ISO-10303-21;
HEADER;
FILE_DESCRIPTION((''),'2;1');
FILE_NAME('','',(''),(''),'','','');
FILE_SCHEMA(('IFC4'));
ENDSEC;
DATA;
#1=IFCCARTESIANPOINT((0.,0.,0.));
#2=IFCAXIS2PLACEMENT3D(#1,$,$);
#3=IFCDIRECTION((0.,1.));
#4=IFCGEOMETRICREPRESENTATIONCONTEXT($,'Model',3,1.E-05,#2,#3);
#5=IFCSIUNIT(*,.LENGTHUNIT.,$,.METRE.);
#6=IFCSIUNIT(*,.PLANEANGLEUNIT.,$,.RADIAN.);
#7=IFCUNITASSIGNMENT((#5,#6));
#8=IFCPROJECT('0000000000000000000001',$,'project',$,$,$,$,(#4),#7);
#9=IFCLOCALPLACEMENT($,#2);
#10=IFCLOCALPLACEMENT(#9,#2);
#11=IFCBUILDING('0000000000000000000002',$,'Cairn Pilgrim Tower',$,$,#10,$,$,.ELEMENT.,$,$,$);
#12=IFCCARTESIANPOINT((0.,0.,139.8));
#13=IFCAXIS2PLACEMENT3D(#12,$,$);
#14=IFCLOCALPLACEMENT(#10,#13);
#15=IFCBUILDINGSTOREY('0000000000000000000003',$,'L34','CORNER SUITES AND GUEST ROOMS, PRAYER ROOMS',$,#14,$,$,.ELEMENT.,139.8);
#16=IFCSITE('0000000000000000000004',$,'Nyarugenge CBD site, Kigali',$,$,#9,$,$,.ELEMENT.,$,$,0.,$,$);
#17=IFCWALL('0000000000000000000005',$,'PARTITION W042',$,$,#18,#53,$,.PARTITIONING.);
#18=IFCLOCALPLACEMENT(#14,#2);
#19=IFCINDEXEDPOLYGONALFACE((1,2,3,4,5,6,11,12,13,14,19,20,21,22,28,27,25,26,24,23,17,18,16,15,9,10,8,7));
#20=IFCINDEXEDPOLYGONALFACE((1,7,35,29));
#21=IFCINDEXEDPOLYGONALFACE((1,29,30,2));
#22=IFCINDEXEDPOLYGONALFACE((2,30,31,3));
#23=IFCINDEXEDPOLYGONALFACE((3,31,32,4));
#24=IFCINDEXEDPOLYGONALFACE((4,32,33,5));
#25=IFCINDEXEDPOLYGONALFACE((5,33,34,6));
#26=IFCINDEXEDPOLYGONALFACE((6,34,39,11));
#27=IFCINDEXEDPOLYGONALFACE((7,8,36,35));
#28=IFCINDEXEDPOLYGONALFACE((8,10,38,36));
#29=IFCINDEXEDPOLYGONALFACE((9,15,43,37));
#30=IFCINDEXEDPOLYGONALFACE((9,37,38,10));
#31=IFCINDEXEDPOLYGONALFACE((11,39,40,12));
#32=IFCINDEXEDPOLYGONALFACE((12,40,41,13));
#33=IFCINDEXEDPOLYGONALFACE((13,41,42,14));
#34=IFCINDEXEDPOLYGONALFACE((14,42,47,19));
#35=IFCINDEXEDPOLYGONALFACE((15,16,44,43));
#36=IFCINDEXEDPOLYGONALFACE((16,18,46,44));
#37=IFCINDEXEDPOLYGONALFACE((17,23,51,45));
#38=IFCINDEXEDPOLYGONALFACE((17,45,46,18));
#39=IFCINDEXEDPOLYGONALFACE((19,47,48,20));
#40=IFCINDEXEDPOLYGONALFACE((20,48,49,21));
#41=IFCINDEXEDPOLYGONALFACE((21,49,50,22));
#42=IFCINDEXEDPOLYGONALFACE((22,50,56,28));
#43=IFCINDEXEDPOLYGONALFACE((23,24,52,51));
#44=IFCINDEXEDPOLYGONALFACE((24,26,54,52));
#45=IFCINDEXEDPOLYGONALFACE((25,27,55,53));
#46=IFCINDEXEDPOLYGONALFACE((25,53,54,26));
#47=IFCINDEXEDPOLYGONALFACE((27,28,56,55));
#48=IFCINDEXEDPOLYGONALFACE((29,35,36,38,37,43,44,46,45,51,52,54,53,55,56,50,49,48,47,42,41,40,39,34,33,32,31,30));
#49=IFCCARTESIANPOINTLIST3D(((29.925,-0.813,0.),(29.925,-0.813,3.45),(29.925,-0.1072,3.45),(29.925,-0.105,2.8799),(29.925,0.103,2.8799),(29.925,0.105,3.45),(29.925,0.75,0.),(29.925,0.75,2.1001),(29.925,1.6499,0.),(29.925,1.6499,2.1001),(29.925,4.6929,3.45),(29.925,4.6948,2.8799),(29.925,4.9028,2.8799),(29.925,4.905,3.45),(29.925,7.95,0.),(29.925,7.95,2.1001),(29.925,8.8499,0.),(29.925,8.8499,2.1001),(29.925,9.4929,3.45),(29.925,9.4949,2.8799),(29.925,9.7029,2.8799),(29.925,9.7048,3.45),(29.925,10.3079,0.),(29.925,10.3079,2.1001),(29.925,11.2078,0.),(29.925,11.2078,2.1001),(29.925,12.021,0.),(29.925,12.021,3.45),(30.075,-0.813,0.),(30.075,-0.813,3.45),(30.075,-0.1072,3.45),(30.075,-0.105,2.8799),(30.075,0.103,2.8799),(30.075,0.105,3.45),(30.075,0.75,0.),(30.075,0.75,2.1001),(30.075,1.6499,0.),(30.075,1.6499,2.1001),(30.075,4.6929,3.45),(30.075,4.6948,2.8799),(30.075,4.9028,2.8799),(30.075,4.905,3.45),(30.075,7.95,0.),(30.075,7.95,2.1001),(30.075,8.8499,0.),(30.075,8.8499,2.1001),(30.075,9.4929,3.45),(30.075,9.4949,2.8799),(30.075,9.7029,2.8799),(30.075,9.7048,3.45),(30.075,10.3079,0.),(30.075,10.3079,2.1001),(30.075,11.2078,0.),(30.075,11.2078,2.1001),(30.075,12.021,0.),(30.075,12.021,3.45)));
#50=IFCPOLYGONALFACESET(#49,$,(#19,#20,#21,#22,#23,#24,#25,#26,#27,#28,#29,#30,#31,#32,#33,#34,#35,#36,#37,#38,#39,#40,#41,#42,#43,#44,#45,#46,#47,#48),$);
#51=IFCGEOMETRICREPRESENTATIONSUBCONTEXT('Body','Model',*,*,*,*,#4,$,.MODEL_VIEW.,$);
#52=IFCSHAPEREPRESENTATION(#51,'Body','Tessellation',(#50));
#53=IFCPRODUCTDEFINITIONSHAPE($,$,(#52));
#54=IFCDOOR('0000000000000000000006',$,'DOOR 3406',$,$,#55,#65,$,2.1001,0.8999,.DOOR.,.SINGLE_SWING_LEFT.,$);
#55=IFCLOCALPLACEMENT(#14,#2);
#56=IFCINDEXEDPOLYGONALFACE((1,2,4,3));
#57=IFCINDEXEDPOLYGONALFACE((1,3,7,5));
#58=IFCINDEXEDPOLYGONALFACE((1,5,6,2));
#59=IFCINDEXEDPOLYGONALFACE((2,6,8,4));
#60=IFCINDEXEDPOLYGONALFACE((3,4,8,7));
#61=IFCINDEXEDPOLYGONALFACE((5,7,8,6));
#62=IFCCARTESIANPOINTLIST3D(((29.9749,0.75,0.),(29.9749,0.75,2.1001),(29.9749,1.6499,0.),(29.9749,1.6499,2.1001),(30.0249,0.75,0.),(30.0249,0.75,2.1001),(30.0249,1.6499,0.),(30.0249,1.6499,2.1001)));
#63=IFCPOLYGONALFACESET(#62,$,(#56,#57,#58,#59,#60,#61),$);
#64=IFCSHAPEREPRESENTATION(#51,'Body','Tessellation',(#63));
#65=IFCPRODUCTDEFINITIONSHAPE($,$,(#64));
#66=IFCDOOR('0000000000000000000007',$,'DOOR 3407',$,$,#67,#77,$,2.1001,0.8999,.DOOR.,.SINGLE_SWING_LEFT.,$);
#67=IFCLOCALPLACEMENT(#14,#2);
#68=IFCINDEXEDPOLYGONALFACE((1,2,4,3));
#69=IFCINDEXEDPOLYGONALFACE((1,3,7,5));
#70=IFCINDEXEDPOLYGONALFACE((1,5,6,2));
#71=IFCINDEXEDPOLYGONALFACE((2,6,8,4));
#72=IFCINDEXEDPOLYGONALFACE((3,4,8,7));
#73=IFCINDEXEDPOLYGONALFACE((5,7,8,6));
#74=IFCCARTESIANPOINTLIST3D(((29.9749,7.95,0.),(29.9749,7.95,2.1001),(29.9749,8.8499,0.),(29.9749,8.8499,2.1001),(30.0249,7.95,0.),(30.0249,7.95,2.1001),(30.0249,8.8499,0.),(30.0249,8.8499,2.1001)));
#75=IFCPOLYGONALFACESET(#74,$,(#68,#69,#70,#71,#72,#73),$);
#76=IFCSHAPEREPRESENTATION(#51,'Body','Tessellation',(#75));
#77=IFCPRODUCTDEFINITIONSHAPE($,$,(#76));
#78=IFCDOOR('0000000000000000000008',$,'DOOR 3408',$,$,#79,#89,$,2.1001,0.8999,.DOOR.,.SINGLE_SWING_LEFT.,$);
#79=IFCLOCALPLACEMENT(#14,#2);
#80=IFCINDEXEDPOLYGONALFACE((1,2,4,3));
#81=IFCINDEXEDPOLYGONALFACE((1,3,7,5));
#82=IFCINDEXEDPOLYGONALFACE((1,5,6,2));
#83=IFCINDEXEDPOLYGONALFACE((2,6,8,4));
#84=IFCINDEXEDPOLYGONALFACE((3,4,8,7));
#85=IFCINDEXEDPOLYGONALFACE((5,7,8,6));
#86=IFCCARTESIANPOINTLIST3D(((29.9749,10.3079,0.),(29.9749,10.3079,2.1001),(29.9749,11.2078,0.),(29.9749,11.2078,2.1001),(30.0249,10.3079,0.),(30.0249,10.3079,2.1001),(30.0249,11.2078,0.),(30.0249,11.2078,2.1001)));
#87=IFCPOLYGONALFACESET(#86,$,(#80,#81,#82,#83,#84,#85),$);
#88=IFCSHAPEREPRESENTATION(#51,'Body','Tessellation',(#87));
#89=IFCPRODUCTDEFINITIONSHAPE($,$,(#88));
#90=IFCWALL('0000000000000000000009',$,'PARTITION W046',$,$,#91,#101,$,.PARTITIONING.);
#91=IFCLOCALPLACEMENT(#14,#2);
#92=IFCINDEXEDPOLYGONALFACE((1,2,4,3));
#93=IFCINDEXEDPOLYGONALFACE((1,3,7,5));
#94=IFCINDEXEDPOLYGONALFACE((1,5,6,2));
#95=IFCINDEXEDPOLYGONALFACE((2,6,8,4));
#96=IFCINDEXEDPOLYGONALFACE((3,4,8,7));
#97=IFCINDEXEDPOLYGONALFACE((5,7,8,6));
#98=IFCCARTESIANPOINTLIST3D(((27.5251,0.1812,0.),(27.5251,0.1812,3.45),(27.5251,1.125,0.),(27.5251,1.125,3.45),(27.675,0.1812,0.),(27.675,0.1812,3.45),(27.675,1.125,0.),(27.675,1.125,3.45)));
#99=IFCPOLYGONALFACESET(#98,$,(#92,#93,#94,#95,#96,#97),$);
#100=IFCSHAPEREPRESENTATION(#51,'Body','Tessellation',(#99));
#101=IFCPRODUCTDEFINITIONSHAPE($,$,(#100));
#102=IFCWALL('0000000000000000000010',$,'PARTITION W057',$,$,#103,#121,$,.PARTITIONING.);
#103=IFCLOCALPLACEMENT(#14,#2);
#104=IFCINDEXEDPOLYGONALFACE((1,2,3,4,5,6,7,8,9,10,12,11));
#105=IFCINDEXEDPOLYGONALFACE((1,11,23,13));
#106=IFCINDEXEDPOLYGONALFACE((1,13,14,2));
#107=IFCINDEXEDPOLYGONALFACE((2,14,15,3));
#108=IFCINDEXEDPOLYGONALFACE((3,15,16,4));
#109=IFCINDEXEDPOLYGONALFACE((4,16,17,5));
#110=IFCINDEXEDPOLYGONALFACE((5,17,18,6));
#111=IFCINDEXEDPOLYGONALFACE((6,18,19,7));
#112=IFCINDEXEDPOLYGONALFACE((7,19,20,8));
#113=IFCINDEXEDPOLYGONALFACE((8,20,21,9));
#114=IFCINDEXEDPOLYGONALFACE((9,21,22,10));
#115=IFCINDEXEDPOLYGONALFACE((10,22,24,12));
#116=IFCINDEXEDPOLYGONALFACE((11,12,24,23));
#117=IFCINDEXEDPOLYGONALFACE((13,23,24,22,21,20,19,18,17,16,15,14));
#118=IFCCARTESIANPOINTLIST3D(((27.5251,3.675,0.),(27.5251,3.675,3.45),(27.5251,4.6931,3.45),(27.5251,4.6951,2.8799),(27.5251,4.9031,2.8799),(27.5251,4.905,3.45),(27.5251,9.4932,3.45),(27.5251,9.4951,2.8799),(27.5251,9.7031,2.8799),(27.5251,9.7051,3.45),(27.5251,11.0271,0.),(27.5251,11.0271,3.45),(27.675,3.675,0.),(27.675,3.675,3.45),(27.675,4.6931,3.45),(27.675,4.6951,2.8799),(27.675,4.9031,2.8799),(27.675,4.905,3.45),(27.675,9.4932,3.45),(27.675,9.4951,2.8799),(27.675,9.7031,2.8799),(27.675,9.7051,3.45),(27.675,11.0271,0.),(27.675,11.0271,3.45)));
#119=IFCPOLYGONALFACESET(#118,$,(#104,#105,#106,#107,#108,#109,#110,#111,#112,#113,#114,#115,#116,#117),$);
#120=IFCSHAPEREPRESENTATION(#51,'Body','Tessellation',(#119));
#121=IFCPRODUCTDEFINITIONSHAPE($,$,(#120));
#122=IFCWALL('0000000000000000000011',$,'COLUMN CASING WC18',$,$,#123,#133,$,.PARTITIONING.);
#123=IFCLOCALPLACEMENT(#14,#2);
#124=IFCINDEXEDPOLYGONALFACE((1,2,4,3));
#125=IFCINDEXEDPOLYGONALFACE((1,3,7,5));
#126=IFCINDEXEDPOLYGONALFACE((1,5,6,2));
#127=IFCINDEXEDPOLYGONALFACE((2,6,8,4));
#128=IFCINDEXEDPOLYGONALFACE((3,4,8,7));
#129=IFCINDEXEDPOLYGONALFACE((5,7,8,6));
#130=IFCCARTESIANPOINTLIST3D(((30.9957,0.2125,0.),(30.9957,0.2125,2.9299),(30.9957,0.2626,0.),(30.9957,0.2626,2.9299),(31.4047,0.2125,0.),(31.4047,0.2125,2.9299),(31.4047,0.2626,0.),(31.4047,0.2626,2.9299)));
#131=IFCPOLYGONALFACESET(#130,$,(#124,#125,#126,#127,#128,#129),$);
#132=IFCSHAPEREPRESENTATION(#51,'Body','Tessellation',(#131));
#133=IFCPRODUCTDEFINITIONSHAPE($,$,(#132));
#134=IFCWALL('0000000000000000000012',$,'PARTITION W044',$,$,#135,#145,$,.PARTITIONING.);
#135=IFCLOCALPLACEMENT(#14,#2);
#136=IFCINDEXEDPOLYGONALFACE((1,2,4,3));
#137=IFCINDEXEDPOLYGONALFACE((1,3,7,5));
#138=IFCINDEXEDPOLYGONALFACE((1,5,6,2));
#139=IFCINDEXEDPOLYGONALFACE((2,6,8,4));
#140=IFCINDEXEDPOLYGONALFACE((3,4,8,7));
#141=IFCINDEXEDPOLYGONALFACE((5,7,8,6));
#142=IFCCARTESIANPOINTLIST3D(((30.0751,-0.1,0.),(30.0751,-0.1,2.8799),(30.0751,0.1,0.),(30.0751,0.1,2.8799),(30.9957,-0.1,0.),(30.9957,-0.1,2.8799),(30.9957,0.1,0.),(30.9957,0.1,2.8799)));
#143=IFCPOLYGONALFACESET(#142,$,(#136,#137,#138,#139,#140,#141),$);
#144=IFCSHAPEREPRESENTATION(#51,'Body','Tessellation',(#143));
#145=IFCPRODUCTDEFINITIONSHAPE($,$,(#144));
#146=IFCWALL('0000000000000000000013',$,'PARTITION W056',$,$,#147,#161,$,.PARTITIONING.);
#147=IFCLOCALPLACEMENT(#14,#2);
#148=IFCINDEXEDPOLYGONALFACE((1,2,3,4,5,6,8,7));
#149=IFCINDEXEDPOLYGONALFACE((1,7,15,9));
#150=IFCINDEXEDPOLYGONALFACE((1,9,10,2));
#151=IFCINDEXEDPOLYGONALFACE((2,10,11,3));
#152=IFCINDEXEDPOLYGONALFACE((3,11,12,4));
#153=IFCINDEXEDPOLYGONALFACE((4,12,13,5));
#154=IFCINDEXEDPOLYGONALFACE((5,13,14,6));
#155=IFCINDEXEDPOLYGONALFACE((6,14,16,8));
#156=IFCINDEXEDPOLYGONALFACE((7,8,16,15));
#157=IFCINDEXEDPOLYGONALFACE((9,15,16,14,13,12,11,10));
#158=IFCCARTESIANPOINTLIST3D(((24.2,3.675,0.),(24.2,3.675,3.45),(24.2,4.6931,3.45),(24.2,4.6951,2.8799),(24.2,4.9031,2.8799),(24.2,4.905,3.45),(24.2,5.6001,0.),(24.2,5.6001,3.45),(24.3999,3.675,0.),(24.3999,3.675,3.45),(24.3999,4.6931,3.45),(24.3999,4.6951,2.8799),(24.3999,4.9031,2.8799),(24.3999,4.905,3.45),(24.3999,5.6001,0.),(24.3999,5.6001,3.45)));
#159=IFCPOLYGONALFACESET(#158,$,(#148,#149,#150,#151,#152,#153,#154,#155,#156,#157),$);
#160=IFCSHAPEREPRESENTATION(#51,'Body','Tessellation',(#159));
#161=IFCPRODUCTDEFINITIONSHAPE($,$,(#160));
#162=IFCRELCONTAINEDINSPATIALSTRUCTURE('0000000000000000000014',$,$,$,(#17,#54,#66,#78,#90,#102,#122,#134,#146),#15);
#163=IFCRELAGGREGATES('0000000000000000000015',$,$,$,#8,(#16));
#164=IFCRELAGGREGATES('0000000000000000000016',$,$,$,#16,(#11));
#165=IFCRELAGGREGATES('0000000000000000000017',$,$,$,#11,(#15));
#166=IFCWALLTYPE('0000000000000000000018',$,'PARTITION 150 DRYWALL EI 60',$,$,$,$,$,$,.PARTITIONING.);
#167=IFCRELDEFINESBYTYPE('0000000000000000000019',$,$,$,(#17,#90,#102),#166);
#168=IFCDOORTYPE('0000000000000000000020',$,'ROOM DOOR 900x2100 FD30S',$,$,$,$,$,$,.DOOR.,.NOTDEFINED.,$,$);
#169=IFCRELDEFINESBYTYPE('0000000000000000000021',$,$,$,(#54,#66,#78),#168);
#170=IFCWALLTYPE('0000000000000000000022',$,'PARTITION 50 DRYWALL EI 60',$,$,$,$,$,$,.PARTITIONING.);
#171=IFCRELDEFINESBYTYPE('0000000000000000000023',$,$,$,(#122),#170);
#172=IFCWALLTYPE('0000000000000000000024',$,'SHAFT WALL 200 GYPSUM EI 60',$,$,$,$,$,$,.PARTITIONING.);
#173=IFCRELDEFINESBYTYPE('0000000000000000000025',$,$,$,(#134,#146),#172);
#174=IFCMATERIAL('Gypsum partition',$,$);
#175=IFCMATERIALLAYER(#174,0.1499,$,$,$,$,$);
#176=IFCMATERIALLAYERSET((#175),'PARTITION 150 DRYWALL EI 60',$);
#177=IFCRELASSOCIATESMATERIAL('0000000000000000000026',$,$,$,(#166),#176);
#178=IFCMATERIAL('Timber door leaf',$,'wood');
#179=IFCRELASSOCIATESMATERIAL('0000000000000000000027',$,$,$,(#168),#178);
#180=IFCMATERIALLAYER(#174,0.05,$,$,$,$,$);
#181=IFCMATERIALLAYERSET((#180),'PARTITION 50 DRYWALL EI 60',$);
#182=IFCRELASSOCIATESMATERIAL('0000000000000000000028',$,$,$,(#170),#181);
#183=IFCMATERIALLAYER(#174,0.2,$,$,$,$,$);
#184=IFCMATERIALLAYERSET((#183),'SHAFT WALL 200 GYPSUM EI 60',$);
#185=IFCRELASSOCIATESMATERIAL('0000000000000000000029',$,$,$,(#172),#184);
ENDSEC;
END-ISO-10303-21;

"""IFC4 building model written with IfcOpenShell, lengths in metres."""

from ifc_helpers import new_model, si_unit, direction, frame, frame_2d, origin, place, context, subcontext, project, spatial, polyline, rectangle, outline, extrude, material, layer, layer_set, type_object, element, fill, save


model = new_model("IFC4")

# Units and contexts
model_context = context("Model", 3, precision=1e-05, world=origin(), true_north=direction((0.0, 1.0)))
body_context = subcontext(model_context, "Body", "Model", "MODEL_VIEW")
ifc_project = project(units=[si_unit("LENGTHUNIT", "METRE"), si_unit("PLANEANGLEUNIT", "RADIAN")], contexts=[model_context])

# Site, building, storey
site_placement = place(None, origin())
site = spatial("IfcSite", under=ifc_project, at=site_placement, Name="Nyarugenge CBD site, Kigali", CompositionType="ELEMENT", RefElevation=0.0)
building_placement = place(site_placement, origin())
building = spatial("IfcBuilding", under=site, at=building_placement, Name="Cairn Pilgrim Tower", CompositionType="ELEMENT")
storey_placement = place(building_placement, frame((0.0, 0.0, 139.8)))
storey = spatial("IfcBuildingStorey", under=building, at=storey_placement, Name="L34", Description="CORNER SUITES AND GUEST ROOMS, PRAYER ROOMS", CompositionType="ELEMENT", Elevation=139.8)

# Shared definitions
ifc_material_1 = material(Name="Gypsum partition")

# Shared definitions
ifc_layer_1 = layer(ifc_material_1, 0.1499)
ifc_layer_set_1 = layer_set([ifc_layer_1], Name="PARTITION 150 DRYWALL EI 60")
wall_type_1 = type_object("IfcWallType", Name="PARTITION 150 DRYWALL EI 60", PredefinedType="PARTITIONING", material=ifc_layer_set_1)
ifc_material_2 = material(Name="Timber door leaf", Category="wood")
door_type_1 = type_object("IfcDoorType", Name="ROOM DOOR 900x2100 FD30S", OperationType="NOTDEFINED", PredefinedType="DOOR", material=ifc_material_2)

# Wall, openings, doors
wall_1_placement = place(storey_placement, frame((30.0, -0.813, 0.0), z_axis=(0.0, 0.0, 1.0), x_axis=(0.0, 1.0, 0.0)))
wall_1 = element("IfcWall", 1, at=wall_1_placement, inside=storey, type_object=wall_type_1, Name="PARTITION W042", PredefinedType="PARTITIONING", context=body_context, shape_type="SweptSolid", body=[
    extrude(outline(polyline([(0.0, 0.0), (12.834, 0.0), (12.834, 3.45), (10.5178, 3.45), (10.5159, 2.8799), (10.3079, 2.8799), (10.3059, 3.45), (5.718, 3.45), (5.7158, 2.8799), (5.5078, 2.8799), (5.5059, 3.45), (0.918, 3.45), (0.916, 2.8799), (0.708, 2.8799), (0.7058, 3.45), (0.0, 3.45), (0.0, 0.0)])), frame((0.0, 0.075, 0.0), z_axis=(0.0, -1.0, 0.0), x_axis=(1.0, 0.0, 0.0)), (0.0, 0.0, 1.0), 0.1499),
])
opening_1_placement = place(wall_1_placement, frame((1.563, 0.0, 0.0)))
opening_1 = element("IfcOpeningElement", 2, at=opening_1_placement, cuts=wall_1, PredefinedType="OPENING", context=body_context, shape_type="SweptSolid", body=[
    extrude(rectangle(XDim=0.8999, YDim=2.1001, at=frame_2d((0.45, 1.05))), frame((0.0, 0.085, 0.0), z_axis=(0.0, -1.0, 0.0), x_axis=(1.0, 0.0, 0.0)), (0.0, 0.0, 1.0), 0.1699),
])
opening_2_placement = place(wall_1_placement, frame((8.7629, 0.0, 0.0)))
opening_2 = element("IfcOpeningElement", 3, at=opening_2_placement, cuts=wall_1, PredefinedType="OPENING", context=body_context, shape_type="SweptSolid", body=[
    extrude(rectangle(XDim=0.8999, YDim=2.1001, at=frame_2d((0.45, 1.05))), frame((0.0, 0.085, 0.0), z_axis=(0.0, -1.0, 0.0), x_axis=(1.0, 0.0, 0.0)), (0.0, 0.0, 1.0), 0.1699),
])
opening_3_placement = place(wall_1_placement, frame((11.1208, 0.0, 0.0)))
opening_3 = element("IfcOpeningElement", 4, at=opening_3_placement, cuts=wall_1, PredefinedType="OPENING", context=body_context, shape_type="SweptSolid", body=[
    extrude(rectangle(XDim=0.8999, YDim=2.1001, at=frame_2d((0.45, 1.05))), frame((0.0, 0.085, 0.0), z_axis=(0.0, -1.0, 0.0), x_axis=(1.0, 0.0, 0.0)), (0.0, 0.0, 1.0), 0.1699),
])
door_1_placement = place(opening_1_placement, frame((0.8999, 0.0, 0.0), z_axis=(0.0, 0.0, 1.0), x_axis=(-1.0, 0.0, 0.0)))
door_1 = element("IfcDoor", 5, at=door_1_placement, inside=storey, type_object=door_type_1, Name="DOOR 3406", OperationType="SINGLE_SWING_LEFT", OverallHeight=2.1001, OverallWidth=0.8999, PredefinedType="DOOR", context=body_context, shape_type="SweptSolid", body=[
    extrude(rectangle(XDim=0.8999, YDim=2.1001, at=frame_2d((0.45, 1.05))), frame((0.0, 0.0249, 0.0), z_axis=(0.0, -1.0, 0.0), x_axis=(1.0, 0.0, 0.0)), (0.0, 0.0, 1.0), 0.05),
])
fill(opening_1, door_1)
door_2_placement = place(opening_2_placement, frame((0.8999, 0.0, 0.0), z_axis=(0.0, 0.0, 1.0), x_axis=(-1.0, 0.0, 0.0)))
door_2 = element("IfcDoor", 6, at=door_2_placement, inside=storey, type_object=door_type_1, Name="DOOR 3407", OperationType="SINGLE_SWING_LEFT", OverallHeight=2.1001, OverallWidth=0.8999, PredefinedType="DOOR", context=body_context, shape_type="SweptSolid", body=[
    extrude(rectangle(XDim=0.8999, YDim=2.1001, at=frame_2d((0.45, 1.05))), frame((0.0, 0.0249, 0.0), z_axis=(0.0, -1.0, 0.0), x_axis=(1.0, 0.0, 0.0)), (0.0, 0.0, 1.0), 0.05),
])
fill(opening_2, door_2)
door_3_placement = place(opening_3_placement, frame((0.8999, 0.0, 0.0), z_axis=(0.0, 0.0, 1.0), x_axis=(-1.0, 0.0, 0.0)))
door_3 = element("IfcDoor", 7, at=door_3_placement, inside=storey, type_object=door_type_1, Name="DOOR 3408", OperationType="SINGLE_SWING_LEFT", OverallHeight=2.1001, OverallWidth=0.8999, PredefinedType="DOOR", context=body_context, shape_type="SweptSolid", body=[
    extrude(rectangle(XDim=0.8999, YDim=2.1001, at=frame_2d((0.45, 1.05))), frame((0.0, 0.0249, 0.0), z_axis=(0.0, -1.0, 0.0), x_axis=(1.0, 0.0, 0.0)), (0.0, 0.0, 1.0), 0.05),
])
fill(opening_3, door_3)

# Walls
wall_2_placement = place(storey_placement, frame((27.6001, 0.1812, 0.0), z_axis=(0.0, 0.0, 1.0), x_axis=(0.0, 1.0, 0.0)))
element("IfcWall", 8, at=wall_2_placement, inside=storey, type_object=wall_type_1, Name="PARTITION W046", PredefinedType="PARTITIONING", context=body_context, shape_type="SweptSolid", body=[
    extrude(rectangle(XDim=0.9438, YDim=0.1499, at=frame_2d((0.4719, 0.0))), origin(), (0.0, 0.0, 1.0), 3.45),
])
wall_3_placement = place(storey_placement, frame((27.6001, 3.675, 0.0), z_axis=(0.0, 0.0, 1.0), x_axis=(0.0, 1.0, 0.0)))
element("IfcWall", 9, at=wall_3_placement, inside=storey, type_object=wall_type_1, Name="PARTITION W057", PredefinedType="PARTITIONING", context=body_context, shape_type="SweptSolid", body=[
    extrude(outline(polyline([(0.0, 0.0), (7.3521, 0.0), (7.3521, 3.45), (6.03, 3.45), (6.0281, 2.8799), (5.8201, 2.8799), (5.8181, 3.45), (1.23, 3.45), (1.228, 2.8799), (1.02, 2.8799), (1.0181, 3.45), (0.0, 3.45), (0.0, 0.0)])), frame((0.0, 0.075, 0.0), z_axis=(0.0, -1.0, 0.0), x_axis=(1.0, 0.0, 0.0)), (0.0, 0.0, 1.0), 0.1499),
])
ifc_layer_2 = layer(ifc_material_1, 0.05)
ifc_layer_set_2 = layer_set([ifc_layer_2], Name="PARTITION 50 DRYWALL EI 60")
wall_type_2 = type_object("IfcWallType", Name="PARTITION 50 DRYWALL EI 60", PredefinedType="PARTITIONING", material=ifc_layer_set_2)
wall_4_placement = place(storey_placement, frame((30.9956, 0.2375, 0.0), z_axis=(0.0, 0.0, 1.0), x_axis=(1.0, 0.0, 0.0)))
element("IfcWall", 10, at=wall_4_placement, inside=storey, type_object=wall_type_2, Name="COLUMN CASING WC18", PredefinedType="PARTITIONING", context=body_context, shape_type="SweptSolid", body=[
    extrude(rectangle(XDim=0.4089, YDim=0.05, at=frame_2d((0.2046, 0.0))), origin(), (0.0, 0.0, 1.0), 2.9299),
])
ifc_layer_3 = layer(ifc_material_1, 0.2)
ifc_layer_set_3 = layer_set([ifc_layer_3], Name="SHAFT WALL 200 GYPSUM EI 60")
wall_type_3 = type_object("IfcWallType", Name="SHAFT WALL 200 GYPSUM EI 60", PredefinedType="PARTITIONING", material=ifc_layer_set_3)
wall_5_placement = place(storey_placement, frame((30.075, 0.0, 0.0), z_axis=(0.0, 0.0, 1.0), x_axis=(1.0, 0.0, 0.0)))
element("IfcWall", 11, at=wall_5_placement, inside=storey, type_object=wall_type_3, Name="PARTITION W044", PredefinedType="PARTITIONING", context=body_context, shape_type="SweptSolid", body=[
    extrude(rectangle(XDim=0.9207, YDim=0.2, at=frame_2d((0.4604, 0.0))), origin(), (0.0, 0.0, 1.0), 2.8799),
])
wall_6_placement = place(storey_placement, frame((24.3, 3.675, 0.0), z_axis=(0.0, 0.0, 1.0), x_axis=(0.0, 1.0, 0.0)))
element("IfcWall", 12, at=wall_6_placement, inside=storey, type_object=wall_type_3, Name="PARTITION W056", PredefinedType="PARTITIONING", context=body_context, shape_type="SweptSolid", body=[
    extrude(outline(polyline([(0.0, 0.0), (1.925, 0.0), (1.925, 3.45), (1.23, 3.45), (1.228, 2.8799), (1.02, 2.8799), (1.0181, 3.45), (0.0, 3.45), (0.0, 0.0)])), frame((0.0, 0.1001, 0.0), z_axis=(0.0, -1.0, 0.0), x_axis=(1.0, 0.0, 0.0)), (0.0, 0.0, 1.0), 0.2),
])

save(model, "model.ifc")
